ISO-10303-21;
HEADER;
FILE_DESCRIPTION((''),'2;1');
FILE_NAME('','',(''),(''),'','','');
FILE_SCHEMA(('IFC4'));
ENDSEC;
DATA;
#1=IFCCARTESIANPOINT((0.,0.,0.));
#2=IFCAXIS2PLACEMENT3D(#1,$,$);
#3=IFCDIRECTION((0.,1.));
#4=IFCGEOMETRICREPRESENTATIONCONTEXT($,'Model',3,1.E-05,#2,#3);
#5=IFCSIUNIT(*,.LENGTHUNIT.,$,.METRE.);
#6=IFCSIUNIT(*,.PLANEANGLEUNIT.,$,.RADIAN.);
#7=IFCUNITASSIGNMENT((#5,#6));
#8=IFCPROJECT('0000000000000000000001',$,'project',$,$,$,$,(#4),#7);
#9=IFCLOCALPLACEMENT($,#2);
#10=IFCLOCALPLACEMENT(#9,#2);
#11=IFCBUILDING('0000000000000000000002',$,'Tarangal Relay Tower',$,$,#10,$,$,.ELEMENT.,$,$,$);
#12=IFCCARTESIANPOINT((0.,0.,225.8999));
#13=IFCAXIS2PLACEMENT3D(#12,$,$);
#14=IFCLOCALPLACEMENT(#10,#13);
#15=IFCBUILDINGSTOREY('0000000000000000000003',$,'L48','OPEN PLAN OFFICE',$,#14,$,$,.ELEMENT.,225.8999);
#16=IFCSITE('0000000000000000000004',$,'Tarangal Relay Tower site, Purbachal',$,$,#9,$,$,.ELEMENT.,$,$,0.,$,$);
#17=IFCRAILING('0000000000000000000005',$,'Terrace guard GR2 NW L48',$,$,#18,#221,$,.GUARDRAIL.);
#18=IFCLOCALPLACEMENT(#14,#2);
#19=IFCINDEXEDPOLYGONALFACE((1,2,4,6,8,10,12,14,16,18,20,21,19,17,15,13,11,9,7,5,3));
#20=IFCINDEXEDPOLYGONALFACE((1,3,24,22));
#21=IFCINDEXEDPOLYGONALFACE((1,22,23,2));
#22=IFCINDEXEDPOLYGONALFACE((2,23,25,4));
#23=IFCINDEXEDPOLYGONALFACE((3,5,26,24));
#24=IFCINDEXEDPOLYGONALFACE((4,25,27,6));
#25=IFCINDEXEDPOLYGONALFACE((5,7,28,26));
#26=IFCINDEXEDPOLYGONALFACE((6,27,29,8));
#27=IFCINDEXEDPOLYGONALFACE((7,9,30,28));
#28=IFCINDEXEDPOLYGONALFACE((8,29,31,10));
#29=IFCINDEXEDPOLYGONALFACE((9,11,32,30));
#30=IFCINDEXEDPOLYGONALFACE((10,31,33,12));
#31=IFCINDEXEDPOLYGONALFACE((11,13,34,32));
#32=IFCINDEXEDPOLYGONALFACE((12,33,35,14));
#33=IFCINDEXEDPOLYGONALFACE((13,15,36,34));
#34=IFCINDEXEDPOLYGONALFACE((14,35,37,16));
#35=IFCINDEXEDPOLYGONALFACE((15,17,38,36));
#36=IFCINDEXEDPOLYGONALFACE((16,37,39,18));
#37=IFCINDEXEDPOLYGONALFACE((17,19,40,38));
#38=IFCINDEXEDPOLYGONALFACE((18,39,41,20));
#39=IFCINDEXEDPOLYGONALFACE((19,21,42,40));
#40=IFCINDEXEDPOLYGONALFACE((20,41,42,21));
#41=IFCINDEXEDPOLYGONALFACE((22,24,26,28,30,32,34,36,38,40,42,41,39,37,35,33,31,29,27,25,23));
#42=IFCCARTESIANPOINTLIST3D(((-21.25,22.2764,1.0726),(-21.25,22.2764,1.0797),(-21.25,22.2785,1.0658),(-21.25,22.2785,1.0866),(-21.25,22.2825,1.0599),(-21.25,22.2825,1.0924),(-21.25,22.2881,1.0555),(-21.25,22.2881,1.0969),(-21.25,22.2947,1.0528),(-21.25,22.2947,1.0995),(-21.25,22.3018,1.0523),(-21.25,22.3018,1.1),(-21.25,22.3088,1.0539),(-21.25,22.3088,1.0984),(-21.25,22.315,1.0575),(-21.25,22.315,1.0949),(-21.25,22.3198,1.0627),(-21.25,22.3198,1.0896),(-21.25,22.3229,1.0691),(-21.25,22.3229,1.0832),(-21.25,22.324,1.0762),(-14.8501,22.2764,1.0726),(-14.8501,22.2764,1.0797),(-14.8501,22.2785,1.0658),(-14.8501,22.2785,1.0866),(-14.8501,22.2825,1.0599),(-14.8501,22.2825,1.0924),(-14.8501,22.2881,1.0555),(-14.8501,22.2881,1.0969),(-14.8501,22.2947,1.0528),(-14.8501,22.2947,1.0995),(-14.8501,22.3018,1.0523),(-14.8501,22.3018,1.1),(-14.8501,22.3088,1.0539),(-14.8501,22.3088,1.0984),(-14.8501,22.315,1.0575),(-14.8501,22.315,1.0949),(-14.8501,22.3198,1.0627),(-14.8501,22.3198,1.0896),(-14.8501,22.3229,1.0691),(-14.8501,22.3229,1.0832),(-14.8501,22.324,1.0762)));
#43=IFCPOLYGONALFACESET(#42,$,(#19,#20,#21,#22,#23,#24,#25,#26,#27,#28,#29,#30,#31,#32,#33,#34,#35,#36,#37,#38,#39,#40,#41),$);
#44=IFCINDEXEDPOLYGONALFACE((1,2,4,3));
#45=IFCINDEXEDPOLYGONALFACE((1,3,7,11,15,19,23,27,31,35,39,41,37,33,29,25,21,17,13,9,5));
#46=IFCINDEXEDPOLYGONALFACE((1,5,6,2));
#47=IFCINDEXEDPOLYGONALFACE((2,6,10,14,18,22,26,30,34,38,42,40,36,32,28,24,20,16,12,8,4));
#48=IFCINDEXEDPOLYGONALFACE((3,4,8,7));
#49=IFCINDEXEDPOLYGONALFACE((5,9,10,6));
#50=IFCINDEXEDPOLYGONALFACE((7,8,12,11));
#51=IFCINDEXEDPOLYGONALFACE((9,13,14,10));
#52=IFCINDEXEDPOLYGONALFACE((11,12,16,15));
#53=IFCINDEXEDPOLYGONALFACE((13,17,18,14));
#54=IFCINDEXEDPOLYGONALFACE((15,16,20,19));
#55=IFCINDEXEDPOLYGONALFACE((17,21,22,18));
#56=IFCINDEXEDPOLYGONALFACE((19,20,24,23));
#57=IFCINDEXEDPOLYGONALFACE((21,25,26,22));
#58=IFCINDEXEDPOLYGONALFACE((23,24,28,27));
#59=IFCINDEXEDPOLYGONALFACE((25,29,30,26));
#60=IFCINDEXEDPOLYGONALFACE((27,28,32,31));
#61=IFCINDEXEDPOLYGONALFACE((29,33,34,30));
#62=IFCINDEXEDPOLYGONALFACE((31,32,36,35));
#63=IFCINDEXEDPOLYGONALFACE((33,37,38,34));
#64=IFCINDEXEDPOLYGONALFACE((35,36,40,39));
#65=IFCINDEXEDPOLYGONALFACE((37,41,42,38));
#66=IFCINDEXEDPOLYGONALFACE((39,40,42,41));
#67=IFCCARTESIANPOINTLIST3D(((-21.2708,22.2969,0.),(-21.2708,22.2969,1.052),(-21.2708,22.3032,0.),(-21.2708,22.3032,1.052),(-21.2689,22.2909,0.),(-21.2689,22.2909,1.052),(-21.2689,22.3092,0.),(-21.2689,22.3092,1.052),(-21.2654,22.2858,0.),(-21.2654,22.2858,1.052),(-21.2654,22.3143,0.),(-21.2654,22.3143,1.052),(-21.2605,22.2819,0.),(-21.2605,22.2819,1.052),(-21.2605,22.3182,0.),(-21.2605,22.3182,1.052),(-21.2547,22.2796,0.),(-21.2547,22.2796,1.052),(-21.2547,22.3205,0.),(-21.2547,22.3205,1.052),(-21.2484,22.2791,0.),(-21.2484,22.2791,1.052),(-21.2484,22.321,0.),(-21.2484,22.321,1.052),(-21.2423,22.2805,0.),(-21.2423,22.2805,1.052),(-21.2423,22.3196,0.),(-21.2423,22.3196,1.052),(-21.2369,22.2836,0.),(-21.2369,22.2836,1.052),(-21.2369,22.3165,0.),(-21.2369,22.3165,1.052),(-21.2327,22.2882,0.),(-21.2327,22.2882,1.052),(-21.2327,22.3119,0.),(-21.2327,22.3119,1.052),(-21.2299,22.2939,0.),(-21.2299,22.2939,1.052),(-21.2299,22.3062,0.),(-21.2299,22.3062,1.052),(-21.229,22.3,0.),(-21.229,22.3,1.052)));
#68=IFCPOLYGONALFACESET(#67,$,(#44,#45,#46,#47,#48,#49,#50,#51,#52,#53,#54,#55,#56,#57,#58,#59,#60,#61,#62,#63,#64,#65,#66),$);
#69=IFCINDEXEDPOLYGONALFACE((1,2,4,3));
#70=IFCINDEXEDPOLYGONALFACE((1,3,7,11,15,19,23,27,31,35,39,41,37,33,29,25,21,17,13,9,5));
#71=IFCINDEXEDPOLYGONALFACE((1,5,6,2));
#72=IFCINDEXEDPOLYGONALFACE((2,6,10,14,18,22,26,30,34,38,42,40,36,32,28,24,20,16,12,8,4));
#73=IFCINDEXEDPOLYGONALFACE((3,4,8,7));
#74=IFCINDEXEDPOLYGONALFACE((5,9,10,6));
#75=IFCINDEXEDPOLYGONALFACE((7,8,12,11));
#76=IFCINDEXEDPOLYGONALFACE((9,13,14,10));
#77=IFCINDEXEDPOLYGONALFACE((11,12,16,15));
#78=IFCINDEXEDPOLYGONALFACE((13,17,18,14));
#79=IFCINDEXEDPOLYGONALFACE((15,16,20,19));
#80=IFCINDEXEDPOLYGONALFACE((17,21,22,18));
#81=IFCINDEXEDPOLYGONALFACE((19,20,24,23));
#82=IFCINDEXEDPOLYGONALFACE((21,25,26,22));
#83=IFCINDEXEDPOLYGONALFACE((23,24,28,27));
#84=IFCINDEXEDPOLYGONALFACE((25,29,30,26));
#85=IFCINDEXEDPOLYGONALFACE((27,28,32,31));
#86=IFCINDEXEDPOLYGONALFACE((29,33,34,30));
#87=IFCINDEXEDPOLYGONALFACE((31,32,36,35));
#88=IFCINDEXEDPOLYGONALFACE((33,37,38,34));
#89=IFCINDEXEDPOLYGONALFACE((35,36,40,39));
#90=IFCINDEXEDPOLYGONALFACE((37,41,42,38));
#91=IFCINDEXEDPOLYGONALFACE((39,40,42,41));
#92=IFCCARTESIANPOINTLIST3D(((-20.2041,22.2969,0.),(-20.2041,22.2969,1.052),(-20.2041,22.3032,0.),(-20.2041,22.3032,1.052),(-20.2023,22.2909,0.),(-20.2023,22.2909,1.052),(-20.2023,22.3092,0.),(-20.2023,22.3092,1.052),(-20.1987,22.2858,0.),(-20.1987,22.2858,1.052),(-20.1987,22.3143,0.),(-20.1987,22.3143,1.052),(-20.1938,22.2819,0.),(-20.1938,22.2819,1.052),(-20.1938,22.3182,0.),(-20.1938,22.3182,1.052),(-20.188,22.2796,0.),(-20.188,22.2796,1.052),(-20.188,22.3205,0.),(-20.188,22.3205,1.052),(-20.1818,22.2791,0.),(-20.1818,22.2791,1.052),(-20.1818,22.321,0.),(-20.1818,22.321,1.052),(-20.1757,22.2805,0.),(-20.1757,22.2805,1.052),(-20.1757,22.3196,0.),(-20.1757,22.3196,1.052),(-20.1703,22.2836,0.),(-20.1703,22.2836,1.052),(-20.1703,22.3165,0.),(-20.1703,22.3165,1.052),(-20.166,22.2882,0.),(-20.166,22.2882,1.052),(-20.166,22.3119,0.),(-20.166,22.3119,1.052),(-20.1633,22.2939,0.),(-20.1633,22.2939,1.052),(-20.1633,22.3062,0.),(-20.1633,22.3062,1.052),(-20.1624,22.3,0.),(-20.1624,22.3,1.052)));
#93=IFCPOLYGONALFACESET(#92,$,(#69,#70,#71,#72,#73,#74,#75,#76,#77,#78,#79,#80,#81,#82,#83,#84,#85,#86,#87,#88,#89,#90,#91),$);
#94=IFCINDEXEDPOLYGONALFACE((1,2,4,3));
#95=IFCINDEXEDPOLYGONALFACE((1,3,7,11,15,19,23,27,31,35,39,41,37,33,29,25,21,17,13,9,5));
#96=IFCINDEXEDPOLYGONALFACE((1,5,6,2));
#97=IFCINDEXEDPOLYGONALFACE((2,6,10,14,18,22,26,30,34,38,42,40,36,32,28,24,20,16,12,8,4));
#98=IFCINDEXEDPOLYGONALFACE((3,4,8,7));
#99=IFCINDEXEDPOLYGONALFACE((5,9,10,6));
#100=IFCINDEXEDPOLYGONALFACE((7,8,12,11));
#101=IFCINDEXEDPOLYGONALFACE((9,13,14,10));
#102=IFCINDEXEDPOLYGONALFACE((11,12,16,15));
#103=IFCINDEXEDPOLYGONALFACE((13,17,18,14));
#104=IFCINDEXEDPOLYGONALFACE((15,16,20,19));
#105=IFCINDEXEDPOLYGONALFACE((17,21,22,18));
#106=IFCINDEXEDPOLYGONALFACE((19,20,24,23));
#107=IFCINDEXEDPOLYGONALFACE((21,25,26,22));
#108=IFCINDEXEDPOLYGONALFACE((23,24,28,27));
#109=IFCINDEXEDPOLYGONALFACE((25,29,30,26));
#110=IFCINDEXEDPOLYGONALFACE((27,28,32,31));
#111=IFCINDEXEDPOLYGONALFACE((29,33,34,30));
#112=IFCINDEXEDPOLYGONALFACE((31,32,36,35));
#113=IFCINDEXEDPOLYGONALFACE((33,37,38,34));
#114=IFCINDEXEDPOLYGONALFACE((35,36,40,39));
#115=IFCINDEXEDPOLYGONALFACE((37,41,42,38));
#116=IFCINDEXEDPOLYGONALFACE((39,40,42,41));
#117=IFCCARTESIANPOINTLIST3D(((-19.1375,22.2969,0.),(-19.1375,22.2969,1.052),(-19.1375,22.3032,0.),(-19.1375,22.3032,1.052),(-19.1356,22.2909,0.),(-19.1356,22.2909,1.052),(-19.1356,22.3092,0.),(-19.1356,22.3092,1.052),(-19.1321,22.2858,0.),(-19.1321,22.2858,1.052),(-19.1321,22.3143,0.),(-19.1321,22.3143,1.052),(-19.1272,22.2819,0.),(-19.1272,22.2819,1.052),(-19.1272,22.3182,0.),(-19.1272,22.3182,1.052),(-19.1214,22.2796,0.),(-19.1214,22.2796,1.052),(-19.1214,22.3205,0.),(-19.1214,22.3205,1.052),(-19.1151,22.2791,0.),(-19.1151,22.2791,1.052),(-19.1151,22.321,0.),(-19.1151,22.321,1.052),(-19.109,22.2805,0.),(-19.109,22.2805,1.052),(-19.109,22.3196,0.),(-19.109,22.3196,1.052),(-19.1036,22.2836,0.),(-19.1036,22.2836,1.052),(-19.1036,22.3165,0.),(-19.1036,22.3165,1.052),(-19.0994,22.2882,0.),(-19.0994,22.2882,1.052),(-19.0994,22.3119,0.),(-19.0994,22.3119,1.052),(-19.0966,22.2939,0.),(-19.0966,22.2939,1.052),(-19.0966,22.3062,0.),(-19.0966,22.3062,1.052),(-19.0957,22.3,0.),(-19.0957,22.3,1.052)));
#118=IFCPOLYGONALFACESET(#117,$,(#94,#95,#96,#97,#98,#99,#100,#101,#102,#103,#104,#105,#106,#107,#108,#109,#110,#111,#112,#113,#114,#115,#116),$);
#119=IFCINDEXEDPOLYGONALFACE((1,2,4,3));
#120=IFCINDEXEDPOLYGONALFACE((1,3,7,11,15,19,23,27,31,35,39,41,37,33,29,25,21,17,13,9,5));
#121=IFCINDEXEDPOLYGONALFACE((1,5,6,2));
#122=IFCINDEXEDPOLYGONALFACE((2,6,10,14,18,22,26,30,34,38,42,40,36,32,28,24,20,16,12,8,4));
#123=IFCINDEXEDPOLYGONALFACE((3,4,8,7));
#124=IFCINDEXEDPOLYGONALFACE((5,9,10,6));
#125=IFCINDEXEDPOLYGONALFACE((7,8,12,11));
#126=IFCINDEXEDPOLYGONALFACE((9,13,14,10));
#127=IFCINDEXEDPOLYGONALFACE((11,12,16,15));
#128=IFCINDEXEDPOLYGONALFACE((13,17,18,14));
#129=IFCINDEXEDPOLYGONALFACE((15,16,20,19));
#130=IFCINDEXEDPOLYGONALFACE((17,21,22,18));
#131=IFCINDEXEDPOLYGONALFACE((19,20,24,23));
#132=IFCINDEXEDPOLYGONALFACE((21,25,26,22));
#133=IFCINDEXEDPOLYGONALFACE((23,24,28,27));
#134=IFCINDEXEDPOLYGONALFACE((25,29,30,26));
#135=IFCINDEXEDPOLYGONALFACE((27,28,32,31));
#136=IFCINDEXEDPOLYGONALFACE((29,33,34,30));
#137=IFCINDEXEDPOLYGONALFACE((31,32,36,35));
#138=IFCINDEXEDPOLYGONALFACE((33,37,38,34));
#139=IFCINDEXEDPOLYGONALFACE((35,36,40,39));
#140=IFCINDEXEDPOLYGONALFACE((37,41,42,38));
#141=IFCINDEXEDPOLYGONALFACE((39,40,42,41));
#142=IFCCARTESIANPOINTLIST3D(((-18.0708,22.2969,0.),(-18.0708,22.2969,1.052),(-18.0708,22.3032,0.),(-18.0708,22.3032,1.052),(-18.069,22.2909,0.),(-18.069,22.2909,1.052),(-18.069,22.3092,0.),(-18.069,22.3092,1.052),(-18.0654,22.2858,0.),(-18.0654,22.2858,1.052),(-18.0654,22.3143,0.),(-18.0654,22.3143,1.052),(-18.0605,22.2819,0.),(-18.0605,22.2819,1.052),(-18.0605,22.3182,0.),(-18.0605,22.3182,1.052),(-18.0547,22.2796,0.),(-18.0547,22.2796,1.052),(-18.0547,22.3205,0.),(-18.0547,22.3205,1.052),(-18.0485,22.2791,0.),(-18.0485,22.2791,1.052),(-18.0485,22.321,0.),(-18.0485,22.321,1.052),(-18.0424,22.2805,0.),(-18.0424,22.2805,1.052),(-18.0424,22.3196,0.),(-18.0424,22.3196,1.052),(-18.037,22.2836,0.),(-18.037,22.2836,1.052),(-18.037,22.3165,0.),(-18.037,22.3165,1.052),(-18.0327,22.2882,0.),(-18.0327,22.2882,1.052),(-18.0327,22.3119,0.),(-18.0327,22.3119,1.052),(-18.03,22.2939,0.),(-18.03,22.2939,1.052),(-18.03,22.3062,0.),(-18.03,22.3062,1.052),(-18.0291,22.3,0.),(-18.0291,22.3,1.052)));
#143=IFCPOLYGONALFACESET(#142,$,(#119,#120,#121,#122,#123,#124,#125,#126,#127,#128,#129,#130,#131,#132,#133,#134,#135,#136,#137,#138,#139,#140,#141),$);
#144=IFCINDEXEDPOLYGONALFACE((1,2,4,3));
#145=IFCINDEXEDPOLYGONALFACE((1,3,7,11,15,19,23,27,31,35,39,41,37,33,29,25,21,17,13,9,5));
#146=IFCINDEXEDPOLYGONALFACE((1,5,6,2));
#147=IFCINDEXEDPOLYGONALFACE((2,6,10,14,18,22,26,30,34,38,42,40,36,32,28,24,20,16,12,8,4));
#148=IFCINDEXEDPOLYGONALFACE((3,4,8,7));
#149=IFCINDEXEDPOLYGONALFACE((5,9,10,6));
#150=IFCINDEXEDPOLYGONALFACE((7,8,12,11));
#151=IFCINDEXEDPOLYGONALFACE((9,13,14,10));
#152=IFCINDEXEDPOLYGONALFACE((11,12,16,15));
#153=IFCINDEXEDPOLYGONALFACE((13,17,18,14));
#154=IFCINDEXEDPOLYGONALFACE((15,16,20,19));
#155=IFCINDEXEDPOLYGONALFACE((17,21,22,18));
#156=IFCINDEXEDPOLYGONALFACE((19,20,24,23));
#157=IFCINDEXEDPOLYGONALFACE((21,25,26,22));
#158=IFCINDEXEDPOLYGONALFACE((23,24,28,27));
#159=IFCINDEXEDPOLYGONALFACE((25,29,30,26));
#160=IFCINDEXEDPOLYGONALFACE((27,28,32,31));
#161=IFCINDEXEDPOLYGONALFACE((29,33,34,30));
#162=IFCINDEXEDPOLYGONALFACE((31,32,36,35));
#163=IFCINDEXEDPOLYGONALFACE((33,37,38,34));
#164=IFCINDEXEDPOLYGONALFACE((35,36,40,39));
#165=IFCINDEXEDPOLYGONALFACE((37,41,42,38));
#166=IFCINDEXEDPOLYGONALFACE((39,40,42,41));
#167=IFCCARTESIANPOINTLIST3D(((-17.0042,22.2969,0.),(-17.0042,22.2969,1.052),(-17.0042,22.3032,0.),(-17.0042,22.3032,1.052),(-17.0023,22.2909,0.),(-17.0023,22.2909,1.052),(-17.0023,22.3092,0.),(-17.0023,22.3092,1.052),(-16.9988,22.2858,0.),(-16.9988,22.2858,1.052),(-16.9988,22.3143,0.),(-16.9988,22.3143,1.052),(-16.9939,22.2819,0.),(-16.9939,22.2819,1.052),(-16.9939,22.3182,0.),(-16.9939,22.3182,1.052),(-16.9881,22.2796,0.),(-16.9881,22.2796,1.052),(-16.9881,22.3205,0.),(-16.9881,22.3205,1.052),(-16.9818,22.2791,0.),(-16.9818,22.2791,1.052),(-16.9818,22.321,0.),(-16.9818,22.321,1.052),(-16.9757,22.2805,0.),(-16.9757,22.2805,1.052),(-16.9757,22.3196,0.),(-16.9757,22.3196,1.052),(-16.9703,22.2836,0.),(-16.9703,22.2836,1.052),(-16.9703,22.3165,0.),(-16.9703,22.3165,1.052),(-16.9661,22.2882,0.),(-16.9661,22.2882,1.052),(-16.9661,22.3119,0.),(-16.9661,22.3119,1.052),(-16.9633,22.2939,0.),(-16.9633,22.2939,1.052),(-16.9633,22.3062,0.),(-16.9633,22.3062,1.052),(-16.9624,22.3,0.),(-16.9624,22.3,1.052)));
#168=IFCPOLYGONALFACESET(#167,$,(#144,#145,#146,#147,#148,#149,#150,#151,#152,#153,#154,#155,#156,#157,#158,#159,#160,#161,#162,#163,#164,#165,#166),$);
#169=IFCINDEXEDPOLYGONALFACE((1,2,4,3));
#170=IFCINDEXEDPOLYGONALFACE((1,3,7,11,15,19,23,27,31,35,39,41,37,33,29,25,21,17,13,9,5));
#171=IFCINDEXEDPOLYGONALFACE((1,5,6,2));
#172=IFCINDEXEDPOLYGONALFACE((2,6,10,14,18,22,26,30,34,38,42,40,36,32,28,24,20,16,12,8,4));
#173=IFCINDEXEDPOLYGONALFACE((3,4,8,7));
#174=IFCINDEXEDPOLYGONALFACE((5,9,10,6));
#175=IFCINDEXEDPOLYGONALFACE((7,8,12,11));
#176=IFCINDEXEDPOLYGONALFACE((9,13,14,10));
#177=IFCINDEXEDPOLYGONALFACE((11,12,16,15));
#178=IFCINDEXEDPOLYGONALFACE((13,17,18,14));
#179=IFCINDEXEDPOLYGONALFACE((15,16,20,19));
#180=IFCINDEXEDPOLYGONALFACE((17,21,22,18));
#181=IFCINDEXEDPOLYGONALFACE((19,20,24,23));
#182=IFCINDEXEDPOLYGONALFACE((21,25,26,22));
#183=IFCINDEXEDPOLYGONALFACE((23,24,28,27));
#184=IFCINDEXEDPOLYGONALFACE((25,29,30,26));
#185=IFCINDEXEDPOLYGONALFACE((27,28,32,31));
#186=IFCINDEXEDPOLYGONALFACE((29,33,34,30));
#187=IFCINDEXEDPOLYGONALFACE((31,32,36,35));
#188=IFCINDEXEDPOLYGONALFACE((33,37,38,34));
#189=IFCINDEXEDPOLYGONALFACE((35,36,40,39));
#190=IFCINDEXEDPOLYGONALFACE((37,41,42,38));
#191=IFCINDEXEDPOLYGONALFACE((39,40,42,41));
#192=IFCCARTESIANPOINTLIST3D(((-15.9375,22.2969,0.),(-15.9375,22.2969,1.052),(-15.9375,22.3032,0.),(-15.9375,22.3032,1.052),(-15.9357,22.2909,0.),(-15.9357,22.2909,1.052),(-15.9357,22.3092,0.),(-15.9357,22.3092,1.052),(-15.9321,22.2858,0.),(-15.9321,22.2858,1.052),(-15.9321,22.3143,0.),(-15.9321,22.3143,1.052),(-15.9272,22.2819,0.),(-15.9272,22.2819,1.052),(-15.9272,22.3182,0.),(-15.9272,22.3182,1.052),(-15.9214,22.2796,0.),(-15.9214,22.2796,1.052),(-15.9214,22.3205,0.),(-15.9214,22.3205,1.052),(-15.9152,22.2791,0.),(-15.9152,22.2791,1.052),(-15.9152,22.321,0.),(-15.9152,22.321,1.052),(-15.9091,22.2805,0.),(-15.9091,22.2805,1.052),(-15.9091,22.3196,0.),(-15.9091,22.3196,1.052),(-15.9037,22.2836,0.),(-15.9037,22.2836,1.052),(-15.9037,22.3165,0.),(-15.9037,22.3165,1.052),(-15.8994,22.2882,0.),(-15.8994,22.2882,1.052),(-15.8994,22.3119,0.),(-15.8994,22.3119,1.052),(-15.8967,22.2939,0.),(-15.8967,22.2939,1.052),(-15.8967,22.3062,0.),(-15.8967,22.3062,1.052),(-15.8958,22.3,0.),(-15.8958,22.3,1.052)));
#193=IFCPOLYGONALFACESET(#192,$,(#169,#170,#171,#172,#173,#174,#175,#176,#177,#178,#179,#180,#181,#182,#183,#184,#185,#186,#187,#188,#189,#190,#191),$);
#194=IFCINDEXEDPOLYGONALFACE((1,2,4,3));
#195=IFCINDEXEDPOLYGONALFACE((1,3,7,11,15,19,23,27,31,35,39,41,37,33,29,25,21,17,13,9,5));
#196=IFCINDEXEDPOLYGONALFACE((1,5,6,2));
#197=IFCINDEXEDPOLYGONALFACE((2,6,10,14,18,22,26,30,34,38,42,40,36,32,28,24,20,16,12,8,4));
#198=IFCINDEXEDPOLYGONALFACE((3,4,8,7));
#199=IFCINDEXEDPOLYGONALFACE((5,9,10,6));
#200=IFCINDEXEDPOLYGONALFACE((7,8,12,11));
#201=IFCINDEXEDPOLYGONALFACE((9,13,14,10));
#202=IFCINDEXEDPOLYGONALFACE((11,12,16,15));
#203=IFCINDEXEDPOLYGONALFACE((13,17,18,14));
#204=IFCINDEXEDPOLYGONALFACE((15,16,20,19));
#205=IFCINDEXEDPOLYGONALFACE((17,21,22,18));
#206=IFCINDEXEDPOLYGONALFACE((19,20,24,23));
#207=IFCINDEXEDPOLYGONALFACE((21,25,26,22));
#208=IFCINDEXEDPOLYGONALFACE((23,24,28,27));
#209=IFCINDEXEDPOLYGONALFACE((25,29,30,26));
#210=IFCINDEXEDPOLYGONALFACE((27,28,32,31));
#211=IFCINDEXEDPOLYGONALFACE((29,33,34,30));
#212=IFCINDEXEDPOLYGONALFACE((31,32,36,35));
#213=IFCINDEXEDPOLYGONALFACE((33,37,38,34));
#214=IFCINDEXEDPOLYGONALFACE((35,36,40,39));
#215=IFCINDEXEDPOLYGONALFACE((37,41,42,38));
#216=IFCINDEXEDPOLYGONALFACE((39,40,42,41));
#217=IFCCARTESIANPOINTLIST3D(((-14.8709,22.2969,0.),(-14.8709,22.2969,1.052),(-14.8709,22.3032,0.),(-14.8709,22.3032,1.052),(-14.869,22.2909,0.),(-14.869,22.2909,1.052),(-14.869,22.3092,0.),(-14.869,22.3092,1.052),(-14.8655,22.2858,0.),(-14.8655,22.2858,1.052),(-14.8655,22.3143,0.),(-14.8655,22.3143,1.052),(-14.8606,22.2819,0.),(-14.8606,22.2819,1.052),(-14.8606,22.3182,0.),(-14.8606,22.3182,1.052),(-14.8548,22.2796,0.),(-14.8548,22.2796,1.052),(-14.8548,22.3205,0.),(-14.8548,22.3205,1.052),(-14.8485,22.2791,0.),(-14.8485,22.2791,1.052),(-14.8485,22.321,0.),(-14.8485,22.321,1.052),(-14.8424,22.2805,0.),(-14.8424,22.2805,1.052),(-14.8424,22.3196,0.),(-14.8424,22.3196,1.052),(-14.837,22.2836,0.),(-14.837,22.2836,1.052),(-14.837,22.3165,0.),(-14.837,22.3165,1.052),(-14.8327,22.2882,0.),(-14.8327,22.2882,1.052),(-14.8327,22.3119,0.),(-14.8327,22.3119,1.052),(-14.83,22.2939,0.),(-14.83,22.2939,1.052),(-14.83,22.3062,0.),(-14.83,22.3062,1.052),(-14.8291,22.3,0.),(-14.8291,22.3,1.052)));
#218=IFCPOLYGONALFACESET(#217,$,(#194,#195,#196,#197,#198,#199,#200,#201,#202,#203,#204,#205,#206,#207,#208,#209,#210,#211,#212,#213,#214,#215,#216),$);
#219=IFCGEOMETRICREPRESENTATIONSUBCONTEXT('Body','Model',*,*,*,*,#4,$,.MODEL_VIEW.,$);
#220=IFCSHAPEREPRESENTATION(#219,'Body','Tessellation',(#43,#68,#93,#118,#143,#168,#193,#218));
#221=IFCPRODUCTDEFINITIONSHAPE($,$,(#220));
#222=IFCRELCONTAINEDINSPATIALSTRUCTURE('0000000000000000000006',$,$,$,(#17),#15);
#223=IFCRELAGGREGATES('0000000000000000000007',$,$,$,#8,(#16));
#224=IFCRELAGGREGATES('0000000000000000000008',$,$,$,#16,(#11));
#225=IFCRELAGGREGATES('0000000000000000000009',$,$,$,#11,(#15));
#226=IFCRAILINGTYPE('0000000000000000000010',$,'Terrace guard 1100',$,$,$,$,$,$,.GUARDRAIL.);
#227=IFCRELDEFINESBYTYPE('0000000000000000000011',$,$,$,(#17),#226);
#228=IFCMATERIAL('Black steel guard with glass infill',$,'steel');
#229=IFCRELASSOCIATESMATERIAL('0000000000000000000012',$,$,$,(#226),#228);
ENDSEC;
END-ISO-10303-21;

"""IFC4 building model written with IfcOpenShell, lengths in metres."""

from ifc_helpers import new_model, si_unit, direction, frame, origin, origin_2d, place, context, subcontext, project, spatial, circle, extrude, material, type_object, element, save


model = new_model("IFC4")

# Units and contexts
model_context = context("Model", 3, precision=1e-05, world=origin(), true_north=direction((0.0, 1.0)))
body_context = subcontext(model_context, "Body", "Model", "MODEL_VIEW")
ifc_project = project(units=[si_unit("LENGTHUNIT", "METRE"), si_unit("PLANEANGLEUNIT", "RADIAN")], contexts=[model_context])

# Site, building, storey
site_placement = place(None, origin())
site = spatial("IfcSite", under=ifc_project, at=site_placement, Name="Tarangal Relay Tower site, Purbachal", CompositionType="ELEMENT", RefElevation=0.0)
building_placement = place(site_placement, origin())
building = spatial("IfcBuilding", under=site, at=building_placement, Name="Tarangal Relay Tower", CompositionType="ELEMENT")
storey_placement = place(building_placement, frame((0.0, 0.0, 225.8999)))
storey = spatial("IfcBuildingStorey", under=building, at=storey_placement, Name="L48", Description="OPEN PLAN OFFICE", CompositionType="ELEMENT", Elevation=225.8999)

# Railing
ifc_material_1 = material(Name="Black steel guard with glass infill", Category="steel")
railing_type = type_object("IfcRailingType", Name="Terrace guard 1100", PredefinedType="GUARDRAIL", material=ifc_material_1)
railing_1_placement = place(storey_placement, frame((-21.25, 22.3, 0.0)))
element("IfcRailing", 1, at=railing_1_placement, inside=storey, type_object=railing_type, Name="Terrace guard GR2 NW L48", PredefinedType="GUARDRAIL", context=body_context, shape_type="SweptSolid", body=[
    extrude(circle(Radius=0.0239, at=origin_2d()), frame((0.0, 0.0, 1.0762), z_axis=(1.0, 0.0, 0.0), x_axis=(0.0, 1.0, 0.0)), (0.0, 0.0, 1.0), 6.3999),
    extrude(circle(Radius=0.021, at=origin_2d()), origin(), (0.0, 0.0, 1.0), 1.052),
    extrude(circle(Radius=0.021, at=origin_2d()), frame((1.0667, 0.0, 0.0)), (0.0, 0.0, 1.0), 1.052),
    extrude(circle(Radius=0.021, at=origin_2d()), frame((2.1333, 0.0, 0.0)), (0.0, 0.0, 1.0), 1.052),
    extrude(circle(Radius=0.021, at=origin_2d()), frame((3.2, 0.0, 0.0)), (0.0, 0.0, 1.0), 1.052),
    extrude(circle(Radius=0.021, at=origin_2d()), frame((4.2666, 0.0, 0.0)), (0.0, 0.0, 1.0), 1.052),
    extrude(circle(Radius=0.021, at=origin_2d()), frame((5.3333, 0.0, 0.0)), (0.0, 0.0, 1.0), 1.052),
    extrude(circle(Radius=0.021, at=origin_2d()), frame((6.3999, 0.0, 0.0)), (0.0, 0.0, 1.0), 1.052),
])

save(model, "model.ifc")
